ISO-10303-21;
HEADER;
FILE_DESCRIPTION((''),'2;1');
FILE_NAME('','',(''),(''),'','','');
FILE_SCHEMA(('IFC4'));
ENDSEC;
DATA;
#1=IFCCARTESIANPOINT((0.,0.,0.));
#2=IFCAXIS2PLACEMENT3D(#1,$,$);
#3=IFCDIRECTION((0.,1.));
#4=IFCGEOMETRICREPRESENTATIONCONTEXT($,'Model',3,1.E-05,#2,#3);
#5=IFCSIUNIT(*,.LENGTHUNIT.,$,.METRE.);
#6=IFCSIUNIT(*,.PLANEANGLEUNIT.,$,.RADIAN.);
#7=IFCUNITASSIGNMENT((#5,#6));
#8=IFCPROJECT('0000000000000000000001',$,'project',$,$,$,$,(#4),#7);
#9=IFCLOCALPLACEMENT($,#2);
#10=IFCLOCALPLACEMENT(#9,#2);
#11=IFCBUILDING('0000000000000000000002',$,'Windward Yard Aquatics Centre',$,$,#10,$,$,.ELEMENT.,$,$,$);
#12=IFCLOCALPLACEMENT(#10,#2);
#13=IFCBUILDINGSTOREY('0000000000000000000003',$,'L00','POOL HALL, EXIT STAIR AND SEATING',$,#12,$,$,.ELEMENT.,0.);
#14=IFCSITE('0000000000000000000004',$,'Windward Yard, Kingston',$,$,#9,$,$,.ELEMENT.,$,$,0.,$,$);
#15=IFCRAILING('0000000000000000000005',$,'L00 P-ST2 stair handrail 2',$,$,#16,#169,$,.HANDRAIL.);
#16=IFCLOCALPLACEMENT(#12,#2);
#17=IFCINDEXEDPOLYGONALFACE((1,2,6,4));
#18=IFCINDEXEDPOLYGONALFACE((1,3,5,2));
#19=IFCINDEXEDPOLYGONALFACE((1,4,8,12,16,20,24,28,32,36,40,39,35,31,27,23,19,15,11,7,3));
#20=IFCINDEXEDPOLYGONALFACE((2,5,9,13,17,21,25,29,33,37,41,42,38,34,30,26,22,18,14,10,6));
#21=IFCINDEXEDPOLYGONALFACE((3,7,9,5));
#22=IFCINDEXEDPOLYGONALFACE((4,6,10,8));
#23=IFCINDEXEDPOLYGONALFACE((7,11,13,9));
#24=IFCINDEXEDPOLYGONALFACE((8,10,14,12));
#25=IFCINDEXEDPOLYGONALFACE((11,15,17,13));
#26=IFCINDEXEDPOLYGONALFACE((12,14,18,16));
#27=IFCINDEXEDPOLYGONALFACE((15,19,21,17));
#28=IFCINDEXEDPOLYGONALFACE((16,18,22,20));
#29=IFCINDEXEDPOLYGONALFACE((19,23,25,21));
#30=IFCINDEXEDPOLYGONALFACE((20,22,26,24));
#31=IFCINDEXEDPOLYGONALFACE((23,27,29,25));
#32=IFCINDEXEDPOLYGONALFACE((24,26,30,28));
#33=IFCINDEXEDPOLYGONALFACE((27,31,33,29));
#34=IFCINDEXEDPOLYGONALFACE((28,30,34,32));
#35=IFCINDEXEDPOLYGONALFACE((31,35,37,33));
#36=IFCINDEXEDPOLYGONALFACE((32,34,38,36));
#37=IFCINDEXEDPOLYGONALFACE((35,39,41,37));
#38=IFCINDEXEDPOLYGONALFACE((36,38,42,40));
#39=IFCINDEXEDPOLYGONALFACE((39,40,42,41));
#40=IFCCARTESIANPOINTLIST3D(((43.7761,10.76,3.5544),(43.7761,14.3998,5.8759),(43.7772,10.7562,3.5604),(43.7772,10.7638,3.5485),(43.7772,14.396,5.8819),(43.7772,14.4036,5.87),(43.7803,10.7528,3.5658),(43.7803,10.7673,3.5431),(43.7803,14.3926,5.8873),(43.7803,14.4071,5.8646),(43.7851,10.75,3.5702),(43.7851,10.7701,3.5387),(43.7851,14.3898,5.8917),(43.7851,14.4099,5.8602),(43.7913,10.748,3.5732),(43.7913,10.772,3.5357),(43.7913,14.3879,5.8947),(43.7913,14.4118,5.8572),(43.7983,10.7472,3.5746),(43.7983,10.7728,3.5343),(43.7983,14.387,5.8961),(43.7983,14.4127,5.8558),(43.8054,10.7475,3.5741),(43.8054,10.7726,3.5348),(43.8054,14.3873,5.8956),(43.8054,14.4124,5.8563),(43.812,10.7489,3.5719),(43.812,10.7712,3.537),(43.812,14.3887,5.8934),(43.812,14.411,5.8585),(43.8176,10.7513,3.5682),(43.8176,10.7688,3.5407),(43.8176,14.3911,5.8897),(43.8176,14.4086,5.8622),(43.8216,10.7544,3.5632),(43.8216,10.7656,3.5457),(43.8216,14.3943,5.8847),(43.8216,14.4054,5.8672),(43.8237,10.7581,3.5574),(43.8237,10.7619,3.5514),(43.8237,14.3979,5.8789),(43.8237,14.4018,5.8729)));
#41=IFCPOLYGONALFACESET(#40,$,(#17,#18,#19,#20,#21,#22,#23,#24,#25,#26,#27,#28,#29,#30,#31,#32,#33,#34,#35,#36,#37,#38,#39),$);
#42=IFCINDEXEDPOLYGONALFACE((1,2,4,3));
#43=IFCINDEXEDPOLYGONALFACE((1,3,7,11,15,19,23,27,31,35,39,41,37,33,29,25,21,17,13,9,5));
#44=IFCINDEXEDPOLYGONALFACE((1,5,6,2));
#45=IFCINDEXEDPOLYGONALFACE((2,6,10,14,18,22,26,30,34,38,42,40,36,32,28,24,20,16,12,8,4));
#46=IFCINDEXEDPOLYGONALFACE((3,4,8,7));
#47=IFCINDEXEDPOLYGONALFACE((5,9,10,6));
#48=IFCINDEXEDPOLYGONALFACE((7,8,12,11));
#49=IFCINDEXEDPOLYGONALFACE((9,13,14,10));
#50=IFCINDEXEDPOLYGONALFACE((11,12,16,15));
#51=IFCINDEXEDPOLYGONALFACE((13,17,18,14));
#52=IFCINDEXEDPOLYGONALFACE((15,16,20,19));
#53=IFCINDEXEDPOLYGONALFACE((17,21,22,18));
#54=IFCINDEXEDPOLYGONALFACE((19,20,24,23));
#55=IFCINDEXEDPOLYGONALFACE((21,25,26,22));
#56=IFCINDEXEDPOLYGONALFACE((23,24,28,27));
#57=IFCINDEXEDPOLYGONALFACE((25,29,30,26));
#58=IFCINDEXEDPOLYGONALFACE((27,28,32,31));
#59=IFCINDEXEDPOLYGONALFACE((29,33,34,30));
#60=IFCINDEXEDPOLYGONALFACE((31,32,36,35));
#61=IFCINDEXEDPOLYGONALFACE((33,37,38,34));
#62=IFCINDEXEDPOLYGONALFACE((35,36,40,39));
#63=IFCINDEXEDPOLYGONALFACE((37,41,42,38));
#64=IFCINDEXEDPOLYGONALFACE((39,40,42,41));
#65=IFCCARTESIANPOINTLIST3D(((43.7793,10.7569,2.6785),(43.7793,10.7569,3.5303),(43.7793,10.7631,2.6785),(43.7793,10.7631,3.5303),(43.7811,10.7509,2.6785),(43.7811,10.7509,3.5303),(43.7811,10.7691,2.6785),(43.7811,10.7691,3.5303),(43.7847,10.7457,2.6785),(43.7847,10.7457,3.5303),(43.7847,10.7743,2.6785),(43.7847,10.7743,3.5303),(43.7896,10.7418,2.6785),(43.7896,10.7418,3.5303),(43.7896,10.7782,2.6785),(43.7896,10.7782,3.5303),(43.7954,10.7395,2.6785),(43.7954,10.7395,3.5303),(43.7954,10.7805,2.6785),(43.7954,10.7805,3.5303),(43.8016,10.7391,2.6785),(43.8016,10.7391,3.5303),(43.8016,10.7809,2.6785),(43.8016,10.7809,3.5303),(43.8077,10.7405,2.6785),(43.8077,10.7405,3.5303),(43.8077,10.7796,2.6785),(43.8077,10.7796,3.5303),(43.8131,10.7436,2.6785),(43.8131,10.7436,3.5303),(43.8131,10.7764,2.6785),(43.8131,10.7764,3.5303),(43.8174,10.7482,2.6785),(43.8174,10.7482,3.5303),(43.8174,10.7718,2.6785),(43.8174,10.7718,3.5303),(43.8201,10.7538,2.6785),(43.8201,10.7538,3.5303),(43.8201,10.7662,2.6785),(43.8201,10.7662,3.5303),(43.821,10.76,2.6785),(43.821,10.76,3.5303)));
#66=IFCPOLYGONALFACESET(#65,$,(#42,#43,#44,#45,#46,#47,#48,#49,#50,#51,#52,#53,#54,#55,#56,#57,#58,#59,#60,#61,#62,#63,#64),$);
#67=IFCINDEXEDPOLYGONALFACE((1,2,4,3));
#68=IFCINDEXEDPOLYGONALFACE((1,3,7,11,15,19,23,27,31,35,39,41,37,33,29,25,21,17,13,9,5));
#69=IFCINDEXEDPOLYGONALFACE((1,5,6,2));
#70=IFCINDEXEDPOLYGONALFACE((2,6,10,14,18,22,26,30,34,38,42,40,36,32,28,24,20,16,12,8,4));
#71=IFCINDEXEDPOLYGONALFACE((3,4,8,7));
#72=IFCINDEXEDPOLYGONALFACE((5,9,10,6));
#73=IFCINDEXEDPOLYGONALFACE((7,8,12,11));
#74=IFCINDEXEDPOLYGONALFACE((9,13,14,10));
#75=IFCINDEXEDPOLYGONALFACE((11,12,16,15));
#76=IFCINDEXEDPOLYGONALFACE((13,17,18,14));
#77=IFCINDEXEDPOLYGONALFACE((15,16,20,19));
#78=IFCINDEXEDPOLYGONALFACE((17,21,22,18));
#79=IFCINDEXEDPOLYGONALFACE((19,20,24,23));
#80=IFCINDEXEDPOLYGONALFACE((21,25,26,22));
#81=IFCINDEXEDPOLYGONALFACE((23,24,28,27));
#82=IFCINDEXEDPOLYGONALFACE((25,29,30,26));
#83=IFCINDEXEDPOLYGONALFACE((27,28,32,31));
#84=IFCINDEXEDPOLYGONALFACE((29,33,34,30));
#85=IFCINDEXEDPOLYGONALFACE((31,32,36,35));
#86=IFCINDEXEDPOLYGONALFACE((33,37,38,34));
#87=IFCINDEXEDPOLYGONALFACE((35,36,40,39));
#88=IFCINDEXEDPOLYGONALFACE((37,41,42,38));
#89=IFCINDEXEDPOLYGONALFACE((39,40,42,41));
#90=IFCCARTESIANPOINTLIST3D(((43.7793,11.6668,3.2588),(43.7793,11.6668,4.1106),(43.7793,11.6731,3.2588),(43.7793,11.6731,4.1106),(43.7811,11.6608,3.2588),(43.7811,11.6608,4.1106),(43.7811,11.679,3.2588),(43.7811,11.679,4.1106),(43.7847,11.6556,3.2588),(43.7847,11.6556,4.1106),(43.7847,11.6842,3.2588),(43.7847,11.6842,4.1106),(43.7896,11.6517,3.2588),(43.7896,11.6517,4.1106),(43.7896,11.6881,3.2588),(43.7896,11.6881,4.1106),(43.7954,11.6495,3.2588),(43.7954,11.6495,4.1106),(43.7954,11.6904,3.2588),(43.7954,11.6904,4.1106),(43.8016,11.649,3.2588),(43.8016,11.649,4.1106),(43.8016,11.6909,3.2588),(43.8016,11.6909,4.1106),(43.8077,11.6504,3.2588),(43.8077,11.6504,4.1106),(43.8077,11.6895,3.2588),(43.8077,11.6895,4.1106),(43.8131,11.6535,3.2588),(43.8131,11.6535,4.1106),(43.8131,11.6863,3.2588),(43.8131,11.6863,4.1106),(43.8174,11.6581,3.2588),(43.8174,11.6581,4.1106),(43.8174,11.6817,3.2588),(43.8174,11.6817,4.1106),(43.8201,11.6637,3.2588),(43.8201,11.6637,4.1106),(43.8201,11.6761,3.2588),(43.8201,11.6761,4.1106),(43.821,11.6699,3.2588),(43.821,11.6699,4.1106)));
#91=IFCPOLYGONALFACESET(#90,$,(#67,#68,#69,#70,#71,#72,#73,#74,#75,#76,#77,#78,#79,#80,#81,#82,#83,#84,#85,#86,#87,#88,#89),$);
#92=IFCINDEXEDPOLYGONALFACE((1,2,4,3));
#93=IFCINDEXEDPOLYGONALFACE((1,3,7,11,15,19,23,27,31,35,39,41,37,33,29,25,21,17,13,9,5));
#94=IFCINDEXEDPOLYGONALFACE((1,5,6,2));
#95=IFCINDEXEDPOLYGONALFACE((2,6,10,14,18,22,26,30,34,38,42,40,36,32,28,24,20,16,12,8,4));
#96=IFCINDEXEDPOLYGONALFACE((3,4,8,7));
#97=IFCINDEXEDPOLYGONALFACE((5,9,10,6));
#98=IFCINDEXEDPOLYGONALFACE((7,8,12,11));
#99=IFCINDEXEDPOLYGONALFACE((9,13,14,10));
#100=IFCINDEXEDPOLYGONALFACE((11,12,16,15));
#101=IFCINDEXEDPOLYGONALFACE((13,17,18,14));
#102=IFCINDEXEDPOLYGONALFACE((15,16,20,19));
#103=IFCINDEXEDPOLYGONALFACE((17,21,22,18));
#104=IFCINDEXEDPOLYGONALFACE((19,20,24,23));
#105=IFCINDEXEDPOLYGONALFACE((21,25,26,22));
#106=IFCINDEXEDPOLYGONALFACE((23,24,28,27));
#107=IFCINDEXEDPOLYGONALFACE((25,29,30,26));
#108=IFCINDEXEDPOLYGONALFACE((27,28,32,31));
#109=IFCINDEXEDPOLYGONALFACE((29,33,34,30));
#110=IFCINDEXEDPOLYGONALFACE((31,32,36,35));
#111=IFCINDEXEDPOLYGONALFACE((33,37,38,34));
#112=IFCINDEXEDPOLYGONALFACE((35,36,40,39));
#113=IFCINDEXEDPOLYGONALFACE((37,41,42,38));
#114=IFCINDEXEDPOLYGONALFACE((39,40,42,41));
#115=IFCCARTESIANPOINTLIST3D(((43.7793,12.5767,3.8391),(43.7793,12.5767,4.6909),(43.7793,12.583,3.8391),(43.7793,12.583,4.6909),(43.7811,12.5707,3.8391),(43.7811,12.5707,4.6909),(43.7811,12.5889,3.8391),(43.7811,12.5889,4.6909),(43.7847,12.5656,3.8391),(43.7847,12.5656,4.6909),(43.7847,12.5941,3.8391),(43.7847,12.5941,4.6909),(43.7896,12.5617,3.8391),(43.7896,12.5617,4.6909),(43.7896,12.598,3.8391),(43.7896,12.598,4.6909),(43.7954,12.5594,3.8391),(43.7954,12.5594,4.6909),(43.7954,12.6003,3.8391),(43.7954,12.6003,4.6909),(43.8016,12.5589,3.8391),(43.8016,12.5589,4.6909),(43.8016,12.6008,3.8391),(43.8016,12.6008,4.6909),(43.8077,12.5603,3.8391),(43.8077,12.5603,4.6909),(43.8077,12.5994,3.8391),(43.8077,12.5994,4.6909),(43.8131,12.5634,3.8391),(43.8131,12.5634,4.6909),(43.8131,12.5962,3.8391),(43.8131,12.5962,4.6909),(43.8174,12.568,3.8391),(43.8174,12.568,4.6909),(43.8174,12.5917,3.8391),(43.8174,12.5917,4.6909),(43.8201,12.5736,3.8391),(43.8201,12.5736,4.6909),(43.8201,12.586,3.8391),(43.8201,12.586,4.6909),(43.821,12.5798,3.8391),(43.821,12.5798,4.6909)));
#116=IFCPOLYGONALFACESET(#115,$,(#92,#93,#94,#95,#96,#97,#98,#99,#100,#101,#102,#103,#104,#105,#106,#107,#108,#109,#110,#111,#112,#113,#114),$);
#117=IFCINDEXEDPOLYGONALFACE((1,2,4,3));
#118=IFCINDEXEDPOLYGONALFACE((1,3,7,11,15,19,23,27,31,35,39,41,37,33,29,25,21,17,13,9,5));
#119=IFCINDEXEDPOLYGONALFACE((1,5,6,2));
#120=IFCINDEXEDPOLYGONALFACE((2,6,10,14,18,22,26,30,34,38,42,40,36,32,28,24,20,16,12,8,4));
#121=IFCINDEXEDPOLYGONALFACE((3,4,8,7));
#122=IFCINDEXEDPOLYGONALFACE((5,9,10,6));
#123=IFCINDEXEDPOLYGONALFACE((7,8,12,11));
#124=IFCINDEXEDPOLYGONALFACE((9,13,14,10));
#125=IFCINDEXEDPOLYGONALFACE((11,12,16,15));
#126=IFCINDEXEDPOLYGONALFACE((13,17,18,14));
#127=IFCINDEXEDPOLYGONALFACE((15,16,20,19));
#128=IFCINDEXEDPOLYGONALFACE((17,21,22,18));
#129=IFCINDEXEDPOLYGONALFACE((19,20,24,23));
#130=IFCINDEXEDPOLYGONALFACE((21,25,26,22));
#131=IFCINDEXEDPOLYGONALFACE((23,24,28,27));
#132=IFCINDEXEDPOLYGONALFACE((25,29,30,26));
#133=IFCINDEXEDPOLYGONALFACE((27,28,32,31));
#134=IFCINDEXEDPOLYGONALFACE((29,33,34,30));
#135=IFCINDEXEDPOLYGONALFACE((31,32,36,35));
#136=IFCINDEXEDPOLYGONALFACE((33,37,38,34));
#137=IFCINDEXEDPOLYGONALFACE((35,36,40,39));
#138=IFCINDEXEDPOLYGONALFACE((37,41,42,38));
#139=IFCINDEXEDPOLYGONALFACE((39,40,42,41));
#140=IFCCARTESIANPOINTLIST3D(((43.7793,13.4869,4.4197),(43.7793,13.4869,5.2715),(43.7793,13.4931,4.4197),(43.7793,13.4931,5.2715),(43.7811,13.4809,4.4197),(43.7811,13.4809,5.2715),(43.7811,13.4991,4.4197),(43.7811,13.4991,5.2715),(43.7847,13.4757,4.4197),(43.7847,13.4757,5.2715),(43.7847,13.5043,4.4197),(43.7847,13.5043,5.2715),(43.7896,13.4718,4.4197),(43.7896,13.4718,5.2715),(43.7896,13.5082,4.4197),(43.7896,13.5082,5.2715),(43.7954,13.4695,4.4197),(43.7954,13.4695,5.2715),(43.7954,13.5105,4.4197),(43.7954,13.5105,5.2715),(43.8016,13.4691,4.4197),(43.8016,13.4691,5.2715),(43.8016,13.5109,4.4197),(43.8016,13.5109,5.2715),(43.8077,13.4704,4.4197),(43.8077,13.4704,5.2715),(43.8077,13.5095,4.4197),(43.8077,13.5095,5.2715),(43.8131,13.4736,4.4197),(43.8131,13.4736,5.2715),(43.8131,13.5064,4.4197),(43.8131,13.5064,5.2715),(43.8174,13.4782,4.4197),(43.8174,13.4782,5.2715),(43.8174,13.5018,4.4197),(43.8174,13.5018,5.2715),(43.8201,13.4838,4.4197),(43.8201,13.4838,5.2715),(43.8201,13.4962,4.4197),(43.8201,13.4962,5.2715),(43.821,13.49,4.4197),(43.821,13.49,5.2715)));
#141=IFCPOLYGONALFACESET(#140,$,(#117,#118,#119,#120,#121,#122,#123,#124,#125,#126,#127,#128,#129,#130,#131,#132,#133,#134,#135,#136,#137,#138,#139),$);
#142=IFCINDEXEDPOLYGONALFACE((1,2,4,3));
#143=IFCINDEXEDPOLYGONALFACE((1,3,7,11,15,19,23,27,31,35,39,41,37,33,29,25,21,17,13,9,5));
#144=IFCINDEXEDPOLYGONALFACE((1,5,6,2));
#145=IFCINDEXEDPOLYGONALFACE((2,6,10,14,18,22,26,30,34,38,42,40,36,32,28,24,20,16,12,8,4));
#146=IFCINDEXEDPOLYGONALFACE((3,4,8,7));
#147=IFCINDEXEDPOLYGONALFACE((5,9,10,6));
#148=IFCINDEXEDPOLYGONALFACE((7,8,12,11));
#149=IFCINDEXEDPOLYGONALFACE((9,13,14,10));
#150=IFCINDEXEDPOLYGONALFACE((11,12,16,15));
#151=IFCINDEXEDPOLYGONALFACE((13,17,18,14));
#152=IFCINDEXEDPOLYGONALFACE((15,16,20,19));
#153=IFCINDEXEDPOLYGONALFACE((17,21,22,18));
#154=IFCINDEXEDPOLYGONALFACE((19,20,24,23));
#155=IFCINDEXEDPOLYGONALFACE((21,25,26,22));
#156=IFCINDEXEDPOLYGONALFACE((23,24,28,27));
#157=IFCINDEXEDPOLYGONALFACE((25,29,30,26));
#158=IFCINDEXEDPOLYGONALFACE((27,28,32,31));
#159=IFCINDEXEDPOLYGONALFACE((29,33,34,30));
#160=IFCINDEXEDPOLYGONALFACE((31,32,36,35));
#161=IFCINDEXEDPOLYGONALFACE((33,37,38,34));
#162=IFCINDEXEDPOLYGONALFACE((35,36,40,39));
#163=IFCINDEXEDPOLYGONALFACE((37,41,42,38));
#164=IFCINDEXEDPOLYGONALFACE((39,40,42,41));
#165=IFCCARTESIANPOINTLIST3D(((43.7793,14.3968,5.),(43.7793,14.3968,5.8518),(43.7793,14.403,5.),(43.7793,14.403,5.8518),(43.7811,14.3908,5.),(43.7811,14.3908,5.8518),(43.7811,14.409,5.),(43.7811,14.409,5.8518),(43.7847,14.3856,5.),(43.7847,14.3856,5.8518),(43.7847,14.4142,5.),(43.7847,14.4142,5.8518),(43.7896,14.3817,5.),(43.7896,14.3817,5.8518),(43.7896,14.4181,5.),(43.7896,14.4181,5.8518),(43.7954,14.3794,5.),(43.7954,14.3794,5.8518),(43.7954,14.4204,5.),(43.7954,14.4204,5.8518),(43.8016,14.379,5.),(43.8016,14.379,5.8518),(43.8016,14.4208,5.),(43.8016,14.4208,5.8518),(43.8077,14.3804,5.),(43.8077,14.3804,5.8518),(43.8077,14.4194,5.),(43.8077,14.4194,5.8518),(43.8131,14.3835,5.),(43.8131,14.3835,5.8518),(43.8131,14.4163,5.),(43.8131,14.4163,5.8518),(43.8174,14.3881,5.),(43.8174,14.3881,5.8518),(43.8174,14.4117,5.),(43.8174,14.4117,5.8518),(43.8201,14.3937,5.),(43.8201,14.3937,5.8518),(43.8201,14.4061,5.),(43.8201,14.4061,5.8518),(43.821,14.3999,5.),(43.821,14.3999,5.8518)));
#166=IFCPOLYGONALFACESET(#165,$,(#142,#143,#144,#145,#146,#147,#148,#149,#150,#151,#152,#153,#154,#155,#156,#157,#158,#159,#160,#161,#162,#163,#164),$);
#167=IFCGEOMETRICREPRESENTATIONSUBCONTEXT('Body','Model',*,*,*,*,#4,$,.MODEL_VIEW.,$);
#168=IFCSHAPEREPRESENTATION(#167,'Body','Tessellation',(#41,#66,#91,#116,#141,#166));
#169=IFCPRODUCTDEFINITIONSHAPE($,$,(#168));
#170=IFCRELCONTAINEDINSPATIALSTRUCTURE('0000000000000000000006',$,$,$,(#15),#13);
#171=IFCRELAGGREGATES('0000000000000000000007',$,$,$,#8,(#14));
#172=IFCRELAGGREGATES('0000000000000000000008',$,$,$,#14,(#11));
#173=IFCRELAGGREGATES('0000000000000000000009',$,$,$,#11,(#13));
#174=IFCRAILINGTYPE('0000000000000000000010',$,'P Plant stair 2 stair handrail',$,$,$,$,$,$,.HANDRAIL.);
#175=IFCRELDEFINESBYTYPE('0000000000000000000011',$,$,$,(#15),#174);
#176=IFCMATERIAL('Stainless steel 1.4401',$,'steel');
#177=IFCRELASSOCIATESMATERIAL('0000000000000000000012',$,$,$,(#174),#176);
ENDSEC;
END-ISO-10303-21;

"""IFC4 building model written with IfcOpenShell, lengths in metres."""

from ifc_helpers import new_model, si_unit, direction, frame, origin, origin_2d, place, context, subcontext, project, spatial, circle, extrude, material, type_object, element, save


model = new_model("IFC4")

# Units and contexts
model_context = context("Model", 3, precision=1e-05, world=origin(), true_north=direction((0.0, 1.0)))
body_context = subcontext(model_context, "Body", "Model", "MODEL_VIEW")
ifc_project = project(units=[si_unit("LENGTHUNIT", "METRE"), si_unit("PLANEANGLEUNIT", "RADIAN")], contexts=[model_context])

# Site, building, storey
site_placement = place(None, origin())
site = spatial("IfcSite", under=ifc_project, at=site_placement, Name="Windward Yard, Kingston", CompositionType="ELEMENT", RefElevation=0.0)
building_placement = place(site_placement, origin())
building = spatial("IfcBuilding", under=site, at=building_placement, Name="Windward Yard Aquatics Centre", CompositionType="ELEMENT")
storey_placement = place(building_placement, origin())
storey = spatial("IfcBuildingStorey", under=building, at=storey_placement, Name="L00", Description="POOL HALL, EXIT STAIR AND SEATING", CompositionType="ELEMENT", Elevation=0.0)

# Railing
ifc_material_1 = material(Name="Stainless steel 1.4401", Category="steel")
railing_type_1 = type_object("IfcRailingType", Name="P Plant stair 2 stair handrail", PredefinedType="HANDRAIL", material=ifc_material_1)
railing_1_placement = place(storey_placement, frame((43.8, 10.76, 2.6785)))
element("IfcRailing", 1, at=railing_1_placement, inside=storey, type_object=railing_type_1, Name="L00 P-ST2 stair handrail 2", PredefinedType="HANDRAIL", context=body_context, shape_type="SweptSolid", body=[
    extrude(circle(Radius=0.0239, at=origin_2d()), frame((0.0, 0.0, 0.876), z_axis=(0.0, 0.843112, 0.537739), x_axis=(-1.0, 0.0, 0.0)), (0.0, 0.0, 1.0), 4.3171),
    extrude(circle(Radius=0.021, at=origin_2d()), origin(), (0.0, 0.0, 1.0), 0.8518),
    extrude(circle(Radius=0.021, at=origin_2d()), frame((0.0, 0.9099, 0.5803)), (0.0, 0.0, 1.0), 0.8518),
    extrude(circle(Radius=0.021, at=origin_2d()), frame((0.0, 1.8198, 1.1606)), (0.0, 0.0, 1.0), 0.8518),
    extrude(circle(Radius=0.021, at=origin_2d()), frame((0.0, 2.73, 1.7412)), (0.0, 0.0, 1.0), 0.8518),
    extrude(circle(Radius=0.021, at=origin_2d()), frame((0.0, 3.6399, 2.3215)), (0.0, 0.0, 1.0), 0.8518),
])

save(model, "model.ifc")
